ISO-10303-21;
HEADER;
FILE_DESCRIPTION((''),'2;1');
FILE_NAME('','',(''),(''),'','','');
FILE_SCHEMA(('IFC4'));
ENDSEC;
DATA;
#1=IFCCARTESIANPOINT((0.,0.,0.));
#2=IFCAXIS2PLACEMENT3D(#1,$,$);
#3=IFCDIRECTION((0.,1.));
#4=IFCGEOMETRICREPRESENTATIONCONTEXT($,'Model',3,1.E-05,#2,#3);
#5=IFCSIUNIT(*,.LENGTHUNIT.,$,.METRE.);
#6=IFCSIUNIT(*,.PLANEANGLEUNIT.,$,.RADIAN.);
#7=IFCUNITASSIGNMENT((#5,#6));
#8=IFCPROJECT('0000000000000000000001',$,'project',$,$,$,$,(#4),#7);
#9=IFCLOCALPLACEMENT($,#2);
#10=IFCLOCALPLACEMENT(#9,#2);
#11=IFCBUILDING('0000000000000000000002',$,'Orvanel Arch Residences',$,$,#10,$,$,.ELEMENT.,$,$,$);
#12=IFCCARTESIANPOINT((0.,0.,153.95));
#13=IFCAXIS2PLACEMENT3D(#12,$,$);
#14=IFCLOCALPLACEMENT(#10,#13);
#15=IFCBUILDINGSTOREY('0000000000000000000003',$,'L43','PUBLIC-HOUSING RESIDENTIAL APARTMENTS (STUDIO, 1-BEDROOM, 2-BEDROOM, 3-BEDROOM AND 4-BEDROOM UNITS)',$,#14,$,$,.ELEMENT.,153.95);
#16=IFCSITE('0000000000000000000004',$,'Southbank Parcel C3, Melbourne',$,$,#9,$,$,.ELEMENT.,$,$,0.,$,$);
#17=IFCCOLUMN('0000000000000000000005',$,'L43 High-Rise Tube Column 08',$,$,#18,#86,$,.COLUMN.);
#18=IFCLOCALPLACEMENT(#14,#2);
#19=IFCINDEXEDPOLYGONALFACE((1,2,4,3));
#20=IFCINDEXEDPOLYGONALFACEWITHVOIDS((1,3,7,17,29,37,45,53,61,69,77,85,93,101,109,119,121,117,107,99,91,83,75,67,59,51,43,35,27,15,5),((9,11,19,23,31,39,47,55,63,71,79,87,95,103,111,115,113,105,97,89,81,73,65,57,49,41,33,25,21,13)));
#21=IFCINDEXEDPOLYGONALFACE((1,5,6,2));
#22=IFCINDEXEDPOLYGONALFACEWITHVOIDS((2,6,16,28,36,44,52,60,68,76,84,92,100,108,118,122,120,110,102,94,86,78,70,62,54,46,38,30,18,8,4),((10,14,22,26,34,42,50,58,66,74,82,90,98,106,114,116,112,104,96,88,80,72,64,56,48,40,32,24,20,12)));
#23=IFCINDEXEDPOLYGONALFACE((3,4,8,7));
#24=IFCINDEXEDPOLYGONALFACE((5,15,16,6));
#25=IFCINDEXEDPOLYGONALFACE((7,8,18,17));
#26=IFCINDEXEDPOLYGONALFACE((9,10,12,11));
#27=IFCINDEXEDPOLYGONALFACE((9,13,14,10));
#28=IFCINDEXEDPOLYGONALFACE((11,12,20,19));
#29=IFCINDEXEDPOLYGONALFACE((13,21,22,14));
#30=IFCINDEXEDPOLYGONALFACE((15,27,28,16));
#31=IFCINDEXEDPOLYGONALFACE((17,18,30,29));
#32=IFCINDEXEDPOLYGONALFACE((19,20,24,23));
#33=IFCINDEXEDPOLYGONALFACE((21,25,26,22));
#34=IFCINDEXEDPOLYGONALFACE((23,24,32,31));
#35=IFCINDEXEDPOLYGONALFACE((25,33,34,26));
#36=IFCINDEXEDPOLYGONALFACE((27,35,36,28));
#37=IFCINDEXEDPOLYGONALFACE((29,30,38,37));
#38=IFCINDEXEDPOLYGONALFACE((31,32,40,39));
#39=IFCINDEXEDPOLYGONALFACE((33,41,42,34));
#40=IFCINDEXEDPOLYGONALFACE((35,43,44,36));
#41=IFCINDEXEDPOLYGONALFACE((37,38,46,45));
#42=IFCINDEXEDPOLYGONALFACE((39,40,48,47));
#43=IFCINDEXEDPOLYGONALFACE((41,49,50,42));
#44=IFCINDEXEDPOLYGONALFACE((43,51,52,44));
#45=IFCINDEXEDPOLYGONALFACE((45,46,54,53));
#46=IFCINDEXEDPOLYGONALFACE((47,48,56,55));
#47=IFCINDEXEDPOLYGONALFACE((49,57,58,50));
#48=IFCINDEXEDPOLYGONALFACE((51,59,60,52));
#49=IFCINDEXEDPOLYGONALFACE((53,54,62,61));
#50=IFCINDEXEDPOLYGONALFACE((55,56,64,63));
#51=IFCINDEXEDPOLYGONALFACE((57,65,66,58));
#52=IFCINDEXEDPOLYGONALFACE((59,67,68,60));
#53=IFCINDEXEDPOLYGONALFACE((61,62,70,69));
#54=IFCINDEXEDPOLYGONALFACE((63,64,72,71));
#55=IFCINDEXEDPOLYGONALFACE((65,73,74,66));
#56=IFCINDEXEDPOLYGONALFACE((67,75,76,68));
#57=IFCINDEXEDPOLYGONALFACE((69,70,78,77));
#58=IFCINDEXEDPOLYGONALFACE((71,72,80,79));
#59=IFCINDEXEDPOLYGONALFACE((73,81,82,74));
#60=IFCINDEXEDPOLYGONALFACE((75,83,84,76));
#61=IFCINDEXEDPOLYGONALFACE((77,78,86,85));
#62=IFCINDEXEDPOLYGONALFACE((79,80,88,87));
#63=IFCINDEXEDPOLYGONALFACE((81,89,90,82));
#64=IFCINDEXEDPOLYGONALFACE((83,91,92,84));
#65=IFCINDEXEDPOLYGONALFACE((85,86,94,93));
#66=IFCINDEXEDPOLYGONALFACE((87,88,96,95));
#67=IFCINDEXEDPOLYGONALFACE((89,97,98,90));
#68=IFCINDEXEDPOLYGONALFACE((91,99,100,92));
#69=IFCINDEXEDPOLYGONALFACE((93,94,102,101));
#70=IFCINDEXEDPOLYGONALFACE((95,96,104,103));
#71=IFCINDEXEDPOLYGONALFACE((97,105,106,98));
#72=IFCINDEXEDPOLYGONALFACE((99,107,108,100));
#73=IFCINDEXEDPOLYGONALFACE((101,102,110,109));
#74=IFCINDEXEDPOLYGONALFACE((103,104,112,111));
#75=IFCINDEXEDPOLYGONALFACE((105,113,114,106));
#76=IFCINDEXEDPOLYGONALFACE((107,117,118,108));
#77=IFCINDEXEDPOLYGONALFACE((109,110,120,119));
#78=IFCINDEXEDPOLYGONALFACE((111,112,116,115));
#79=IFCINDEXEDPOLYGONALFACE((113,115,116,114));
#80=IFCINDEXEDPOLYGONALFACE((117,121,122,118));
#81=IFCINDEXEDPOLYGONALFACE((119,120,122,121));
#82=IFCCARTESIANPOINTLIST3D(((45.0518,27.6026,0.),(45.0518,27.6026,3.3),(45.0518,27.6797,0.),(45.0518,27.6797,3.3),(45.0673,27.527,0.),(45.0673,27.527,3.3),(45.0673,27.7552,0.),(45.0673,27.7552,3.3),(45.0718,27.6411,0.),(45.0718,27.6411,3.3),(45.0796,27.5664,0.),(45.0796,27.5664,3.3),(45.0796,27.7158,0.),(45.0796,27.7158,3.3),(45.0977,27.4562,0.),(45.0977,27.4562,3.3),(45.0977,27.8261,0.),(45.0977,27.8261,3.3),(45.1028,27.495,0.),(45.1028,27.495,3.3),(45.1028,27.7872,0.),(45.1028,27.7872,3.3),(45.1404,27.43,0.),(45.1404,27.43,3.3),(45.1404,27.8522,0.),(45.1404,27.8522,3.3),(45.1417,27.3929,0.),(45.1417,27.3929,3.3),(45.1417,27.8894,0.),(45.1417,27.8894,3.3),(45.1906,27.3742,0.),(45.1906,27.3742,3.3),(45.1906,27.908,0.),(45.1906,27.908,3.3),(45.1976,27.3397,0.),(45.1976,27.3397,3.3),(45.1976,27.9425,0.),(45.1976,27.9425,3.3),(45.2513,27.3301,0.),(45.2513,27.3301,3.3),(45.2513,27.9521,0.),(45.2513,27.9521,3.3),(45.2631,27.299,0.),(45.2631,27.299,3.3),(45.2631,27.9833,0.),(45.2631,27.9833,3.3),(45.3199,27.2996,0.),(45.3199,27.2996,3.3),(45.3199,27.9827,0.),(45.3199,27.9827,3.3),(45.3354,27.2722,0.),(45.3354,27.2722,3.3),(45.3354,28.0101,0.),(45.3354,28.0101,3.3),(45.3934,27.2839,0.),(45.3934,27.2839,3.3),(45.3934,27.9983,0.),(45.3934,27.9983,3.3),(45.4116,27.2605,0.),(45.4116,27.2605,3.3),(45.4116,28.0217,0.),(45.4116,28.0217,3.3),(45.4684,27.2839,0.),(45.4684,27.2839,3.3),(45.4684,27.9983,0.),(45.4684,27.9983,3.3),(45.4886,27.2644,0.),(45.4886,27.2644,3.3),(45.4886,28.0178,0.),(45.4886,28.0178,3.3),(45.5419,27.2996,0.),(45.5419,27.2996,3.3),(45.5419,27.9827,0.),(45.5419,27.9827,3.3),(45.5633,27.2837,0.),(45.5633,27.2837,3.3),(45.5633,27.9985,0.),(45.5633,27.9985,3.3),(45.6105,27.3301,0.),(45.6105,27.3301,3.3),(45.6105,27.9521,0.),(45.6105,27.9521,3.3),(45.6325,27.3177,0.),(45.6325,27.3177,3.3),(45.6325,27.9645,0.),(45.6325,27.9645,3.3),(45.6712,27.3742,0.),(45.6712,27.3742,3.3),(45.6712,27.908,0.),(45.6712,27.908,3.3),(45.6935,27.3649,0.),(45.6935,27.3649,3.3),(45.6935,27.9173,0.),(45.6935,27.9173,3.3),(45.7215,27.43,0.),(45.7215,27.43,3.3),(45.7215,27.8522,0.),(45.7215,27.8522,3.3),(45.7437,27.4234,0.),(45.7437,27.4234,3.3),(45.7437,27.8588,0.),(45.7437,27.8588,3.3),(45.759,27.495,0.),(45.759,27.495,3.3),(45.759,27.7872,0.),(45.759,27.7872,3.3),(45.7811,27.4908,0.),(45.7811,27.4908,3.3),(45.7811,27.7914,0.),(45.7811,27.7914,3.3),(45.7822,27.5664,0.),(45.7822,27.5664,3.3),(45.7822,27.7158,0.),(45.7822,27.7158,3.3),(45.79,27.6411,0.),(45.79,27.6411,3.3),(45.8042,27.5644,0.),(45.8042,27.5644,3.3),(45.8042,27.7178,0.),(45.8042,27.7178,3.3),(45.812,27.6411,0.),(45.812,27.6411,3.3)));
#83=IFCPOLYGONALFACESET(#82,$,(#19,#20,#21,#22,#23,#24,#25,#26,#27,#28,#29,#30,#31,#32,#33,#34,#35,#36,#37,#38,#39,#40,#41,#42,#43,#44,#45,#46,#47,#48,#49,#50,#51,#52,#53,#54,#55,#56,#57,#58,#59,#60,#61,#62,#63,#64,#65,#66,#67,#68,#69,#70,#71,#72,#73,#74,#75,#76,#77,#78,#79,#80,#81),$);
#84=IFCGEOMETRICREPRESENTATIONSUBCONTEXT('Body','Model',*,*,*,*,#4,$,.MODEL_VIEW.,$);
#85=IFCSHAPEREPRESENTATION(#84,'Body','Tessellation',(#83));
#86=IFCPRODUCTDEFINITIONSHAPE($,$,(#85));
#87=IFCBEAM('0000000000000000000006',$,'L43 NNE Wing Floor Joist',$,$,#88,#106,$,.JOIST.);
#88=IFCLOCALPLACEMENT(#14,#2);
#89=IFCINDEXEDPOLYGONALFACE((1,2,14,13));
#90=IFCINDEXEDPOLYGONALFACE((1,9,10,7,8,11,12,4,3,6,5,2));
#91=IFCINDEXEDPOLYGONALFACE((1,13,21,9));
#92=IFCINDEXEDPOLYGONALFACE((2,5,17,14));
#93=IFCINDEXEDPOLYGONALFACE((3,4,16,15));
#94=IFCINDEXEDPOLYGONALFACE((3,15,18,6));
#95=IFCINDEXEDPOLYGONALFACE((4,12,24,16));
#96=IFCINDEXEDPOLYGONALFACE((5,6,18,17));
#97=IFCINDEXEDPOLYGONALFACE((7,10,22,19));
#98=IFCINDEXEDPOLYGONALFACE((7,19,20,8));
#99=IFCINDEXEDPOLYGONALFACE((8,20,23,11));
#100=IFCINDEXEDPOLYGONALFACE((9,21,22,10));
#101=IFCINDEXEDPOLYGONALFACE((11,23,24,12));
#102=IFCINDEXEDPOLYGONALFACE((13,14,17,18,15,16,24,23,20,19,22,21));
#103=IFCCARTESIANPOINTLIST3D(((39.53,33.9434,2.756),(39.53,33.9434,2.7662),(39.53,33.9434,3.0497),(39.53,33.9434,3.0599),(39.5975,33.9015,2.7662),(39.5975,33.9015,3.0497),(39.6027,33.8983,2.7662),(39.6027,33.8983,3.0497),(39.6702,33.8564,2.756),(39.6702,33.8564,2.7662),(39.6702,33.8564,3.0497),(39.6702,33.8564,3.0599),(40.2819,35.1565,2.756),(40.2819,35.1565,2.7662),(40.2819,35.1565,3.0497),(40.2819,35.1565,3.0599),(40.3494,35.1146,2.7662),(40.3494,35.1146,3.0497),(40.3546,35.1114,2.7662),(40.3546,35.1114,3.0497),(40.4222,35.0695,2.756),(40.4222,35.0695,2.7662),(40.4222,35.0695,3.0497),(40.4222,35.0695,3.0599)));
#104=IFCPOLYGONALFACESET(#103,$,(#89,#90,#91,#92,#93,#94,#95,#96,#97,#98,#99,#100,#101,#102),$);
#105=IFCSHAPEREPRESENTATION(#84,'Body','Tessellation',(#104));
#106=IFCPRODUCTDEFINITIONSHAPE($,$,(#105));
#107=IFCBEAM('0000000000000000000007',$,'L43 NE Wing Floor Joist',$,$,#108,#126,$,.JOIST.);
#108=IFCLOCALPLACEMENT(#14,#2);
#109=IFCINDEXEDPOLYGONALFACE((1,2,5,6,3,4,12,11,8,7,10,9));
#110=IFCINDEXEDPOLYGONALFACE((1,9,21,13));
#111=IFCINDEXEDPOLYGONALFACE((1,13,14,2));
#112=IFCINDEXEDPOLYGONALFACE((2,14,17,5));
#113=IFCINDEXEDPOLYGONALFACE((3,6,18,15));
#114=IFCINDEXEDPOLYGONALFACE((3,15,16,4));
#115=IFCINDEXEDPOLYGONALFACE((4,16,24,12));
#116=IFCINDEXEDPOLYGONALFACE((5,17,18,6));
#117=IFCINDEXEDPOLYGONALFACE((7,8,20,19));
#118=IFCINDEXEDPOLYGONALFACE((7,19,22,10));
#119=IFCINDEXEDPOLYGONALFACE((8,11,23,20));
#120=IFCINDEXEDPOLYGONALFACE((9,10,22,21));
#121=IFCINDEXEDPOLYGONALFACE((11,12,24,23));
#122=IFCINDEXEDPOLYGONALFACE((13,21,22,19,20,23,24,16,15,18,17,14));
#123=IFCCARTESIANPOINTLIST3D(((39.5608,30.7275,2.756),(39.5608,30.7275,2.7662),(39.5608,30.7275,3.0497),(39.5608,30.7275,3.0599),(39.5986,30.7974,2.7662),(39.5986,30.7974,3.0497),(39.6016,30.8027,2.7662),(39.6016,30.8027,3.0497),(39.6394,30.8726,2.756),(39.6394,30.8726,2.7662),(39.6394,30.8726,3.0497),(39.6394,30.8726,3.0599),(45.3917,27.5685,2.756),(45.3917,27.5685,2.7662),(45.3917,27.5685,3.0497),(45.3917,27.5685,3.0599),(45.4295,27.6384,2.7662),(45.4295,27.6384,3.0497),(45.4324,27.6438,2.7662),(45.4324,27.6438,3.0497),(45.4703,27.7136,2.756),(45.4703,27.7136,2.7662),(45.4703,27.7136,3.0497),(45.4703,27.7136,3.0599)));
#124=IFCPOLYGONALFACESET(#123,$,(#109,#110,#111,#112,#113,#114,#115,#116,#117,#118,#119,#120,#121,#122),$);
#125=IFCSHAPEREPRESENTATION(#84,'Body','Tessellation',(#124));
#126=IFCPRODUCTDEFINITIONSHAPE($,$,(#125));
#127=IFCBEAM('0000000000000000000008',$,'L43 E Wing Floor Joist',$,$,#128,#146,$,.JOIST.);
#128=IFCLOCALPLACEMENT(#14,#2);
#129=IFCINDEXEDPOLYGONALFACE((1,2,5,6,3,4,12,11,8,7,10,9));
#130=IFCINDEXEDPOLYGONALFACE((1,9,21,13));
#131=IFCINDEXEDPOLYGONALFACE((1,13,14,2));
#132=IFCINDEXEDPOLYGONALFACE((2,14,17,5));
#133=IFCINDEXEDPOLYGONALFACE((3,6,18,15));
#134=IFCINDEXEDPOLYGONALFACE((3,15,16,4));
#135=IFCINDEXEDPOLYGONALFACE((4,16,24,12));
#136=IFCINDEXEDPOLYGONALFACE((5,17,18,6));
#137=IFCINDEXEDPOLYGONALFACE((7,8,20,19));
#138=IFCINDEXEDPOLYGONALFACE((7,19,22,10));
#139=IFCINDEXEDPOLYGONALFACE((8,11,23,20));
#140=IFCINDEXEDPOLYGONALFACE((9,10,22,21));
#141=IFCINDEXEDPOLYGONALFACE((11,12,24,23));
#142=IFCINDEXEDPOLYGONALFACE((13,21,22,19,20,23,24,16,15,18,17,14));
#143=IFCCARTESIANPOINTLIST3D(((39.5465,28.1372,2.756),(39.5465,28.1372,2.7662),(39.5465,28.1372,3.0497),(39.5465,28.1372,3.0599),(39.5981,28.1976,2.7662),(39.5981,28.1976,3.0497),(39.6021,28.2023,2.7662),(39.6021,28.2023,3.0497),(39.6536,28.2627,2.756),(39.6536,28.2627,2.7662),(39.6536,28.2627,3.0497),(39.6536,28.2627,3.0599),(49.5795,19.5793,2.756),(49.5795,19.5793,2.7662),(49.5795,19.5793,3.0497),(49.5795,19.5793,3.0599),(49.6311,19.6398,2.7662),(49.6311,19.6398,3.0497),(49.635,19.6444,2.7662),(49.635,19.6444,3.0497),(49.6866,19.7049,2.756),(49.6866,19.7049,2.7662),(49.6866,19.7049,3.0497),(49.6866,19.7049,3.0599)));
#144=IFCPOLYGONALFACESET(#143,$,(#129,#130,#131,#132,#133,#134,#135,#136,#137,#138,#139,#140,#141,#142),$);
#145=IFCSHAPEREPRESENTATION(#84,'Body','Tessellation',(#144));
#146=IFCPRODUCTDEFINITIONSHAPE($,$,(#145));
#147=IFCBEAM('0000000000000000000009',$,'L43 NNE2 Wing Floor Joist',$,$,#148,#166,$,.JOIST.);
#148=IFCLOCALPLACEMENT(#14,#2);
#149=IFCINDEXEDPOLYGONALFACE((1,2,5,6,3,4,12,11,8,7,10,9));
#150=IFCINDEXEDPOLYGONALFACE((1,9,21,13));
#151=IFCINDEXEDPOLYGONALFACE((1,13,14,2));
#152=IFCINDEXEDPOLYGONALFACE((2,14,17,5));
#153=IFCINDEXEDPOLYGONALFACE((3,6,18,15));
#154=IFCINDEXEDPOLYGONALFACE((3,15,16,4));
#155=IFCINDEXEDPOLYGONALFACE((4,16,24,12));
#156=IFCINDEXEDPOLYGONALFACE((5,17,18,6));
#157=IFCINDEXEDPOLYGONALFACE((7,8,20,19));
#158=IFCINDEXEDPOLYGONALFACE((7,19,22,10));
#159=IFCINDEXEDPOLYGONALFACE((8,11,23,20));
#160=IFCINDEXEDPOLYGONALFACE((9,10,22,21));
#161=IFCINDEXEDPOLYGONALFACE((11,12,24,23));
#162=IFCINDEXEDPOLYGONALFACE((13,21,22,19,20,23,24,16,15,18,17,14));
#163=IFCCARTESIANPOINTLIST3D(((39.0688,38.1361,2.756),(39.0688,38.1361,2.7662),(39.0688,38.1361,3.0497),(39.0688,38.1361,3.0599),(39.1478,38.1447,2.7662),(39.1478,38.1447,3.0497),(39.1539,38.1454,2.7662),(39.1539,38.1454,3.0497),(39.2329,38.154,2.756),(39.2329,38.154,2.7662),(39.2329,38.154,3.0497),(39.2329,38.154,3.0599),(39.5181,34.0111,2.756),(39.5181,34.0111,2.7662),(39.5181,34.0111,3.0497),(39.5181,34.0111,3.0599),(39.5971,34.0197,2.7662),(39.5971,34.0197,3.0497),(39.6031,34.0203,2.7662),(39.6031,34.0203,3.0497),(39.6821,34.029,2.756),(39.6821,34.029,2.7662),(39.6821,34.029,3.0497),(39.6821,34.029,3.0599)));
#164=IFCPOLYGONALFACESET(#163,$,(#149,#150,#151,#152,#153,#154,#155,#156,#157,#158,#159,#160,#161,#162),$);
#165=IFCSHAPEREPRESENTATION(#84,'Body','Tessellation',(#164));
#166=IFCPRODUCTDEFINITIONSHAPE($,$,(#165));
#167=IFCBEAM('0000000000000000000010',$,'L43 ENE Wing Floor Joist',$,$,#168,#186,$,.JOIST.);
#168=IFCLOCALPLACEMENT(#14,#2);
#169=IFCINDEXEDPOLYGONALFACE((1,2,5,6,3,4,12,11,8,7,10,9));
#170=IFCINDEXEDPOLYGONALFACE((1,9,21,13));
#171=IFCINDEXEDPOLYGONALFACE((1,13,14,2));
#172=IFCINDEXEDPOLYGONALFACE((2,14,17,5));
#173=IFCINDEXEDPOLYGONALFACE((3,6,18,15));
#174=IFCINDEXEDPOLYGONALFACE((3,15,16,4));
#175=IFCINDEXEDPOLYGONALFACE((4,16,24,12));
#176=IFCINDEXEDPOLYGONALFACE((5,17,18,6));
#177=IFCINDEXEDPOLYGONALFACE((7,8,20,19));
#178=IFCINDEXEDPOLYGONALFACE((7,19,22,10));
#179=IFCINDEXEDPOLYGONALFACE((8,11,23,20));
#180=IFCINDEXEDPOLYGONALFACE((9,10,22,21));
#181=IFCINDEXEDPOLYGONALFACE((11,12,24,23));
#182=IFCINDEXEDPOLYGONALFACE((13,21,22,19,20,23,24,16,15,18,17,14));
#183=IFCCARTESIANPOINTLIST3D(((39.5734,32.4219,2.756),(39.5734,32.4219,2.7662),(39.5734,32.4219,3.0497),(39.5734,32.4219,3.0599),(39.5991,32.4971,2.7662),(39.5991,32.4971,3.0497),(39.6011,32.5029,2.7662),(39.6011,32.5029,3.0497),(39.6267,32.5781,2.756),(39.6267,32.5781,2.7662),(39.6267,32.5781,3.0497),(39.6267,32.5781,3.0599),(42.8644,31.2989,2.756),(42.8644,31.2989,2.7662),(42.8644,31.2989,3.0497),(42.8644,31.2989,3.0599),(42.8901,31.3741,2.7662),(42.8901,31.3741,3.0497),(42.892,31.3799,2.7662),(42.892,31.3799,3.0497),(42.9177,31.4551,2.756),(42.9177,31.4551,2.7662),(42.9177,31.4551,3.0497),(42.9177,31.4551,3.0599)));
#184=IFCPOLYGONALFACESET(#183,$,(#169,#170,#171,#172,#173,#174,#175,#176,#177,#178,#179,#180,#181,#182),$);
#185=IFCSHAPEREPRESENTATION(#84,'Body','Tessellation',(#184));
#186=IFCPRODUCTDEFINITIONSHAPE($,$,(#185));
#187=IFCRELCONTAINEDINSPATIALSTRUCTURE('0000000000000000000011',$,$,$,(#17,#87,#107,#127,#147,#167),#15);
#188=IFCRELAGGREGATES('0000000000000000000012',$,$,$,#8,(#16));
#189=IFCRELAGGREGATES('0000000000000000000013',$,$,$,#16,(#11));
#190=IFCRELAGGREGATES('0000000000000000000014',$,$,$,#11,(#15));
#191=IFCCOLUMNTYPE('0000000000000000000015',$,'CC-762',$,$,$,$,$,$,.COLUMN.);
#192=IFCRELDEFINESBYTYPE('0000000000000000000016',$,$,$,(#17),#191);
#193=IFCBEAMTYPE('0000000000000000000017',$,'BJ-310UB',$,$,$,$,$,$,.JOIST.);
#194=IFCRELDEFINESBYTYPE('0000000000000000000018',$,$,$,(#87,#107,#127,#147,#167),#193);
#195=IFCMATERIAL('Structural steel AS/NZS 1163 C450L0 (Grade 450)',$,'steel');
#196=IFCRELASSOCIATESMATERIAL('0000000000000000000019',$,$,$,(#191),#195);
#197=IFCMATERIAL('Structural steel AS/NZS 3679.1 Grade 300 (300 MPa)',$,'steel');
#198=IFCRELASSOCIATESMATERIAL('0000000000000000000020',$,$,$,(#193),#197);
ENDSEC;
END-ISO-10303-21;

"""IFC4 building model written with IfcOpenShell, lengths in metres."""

from ifc_helpers import new_model, si_unit, direction, frame, origin, origin_2d, place, context, subcontext, project, spatial, hollow_circle, i_section, extrude, material, material_profile, profile_set, type_object, element, save


model = new_model("IFC4")

# Units and contexts
model_context = context("Model", 3, precision=1e-05, world=origin(), true_north=direction((0.0, 1.0)))
body_context = subcontext(model_context, "Body", "Model", "MODEL_VIEW")
ifc_project = project(units=[si_unit("LENGTHUNIT", "METRE"), si_unit("PLANEANGLEUNIT", "RADIAN")], contexts=[model_context])

# Site, building, storey
site_placement = place(None, origin())
site = spatial("IfcSite", under=ifc_project, at=site_placement, Name="Southbank Parcel C3, Melbourne", CompositionType="ELEMENT", RefElevation=0.0)
building_placement = place(site_placement, origin())
building = spatial("IfcBuilding", under=site, at=building_placement, Name="Orvanel Arch Residences", CompositionType="ELEMENT")
storey_placement = place(building_placement, frame((0.0, 0.0, 153.95)))
storey = spatial("IfcBuildingStorey", under=building, at=storey_placement, Name="L43", Description="PUBLIC-HOUSING RESIDENTIAL APARTMENTS (STUDIO, 1-BEDROOM, 2-BEDROOM, 3-BEDROOM AND 4-BEDROOM UNITS)", CompositionType="ELEMENT", Elevation=153.95)

# Column
ifc_material_1 = material(Name="Structural steel AS/NZS 1163 C450L0 (Grade 450)", Category="steel")
ifc_material_profile_1 = material_profile(ifc_material_1, hollow_circle(Radius=0.3811, WallThickness=0.022, at=origin_2d()), Name="CHS762x22")
ifc_profile_set_1 = profile_set([ifc_material_profile_1], Name="Structural steel AS/NZS 1163 C450L0 (Grade 450)")
column_type = type_object("IfcColumnType", Name="CC-762", PredefinedType="COLUMN", material=ifc_profile_set_1)
column_placement = place(storey_placement, frame((45.4309, 27.6411, 0.0), z_axis=(0.0, 0.0, 1.0), x_axis=(1.0, 0.0, 0.0)))
element("IfcColumn", 1, at=column_placement, inside=storey, type_object=column_type, Name="L43 High-Rise Tube Column 08", PredefinedType="COLUMN", context=body_context, shape_type="SweptSolid", body=[
    extrude(hollow_circle(Radius=0.3811, WallThickness=0.022, at=origin_2d()), origin(), (0.0, 0.0, 1.0), 3.3),
])

# Beams
ifc_material_2 = material(Name="Structural steel AS/NZS 3679.1 Grade 300 (300 MPa)", Category="steel")
ifc_material_profile_2 = material_profile(ifc_material_2, i_section(OverallWidth=0.165, OverallDepth=0.304, WebThickness=0.0061, FlangeThickness=0.0103, at=origin_2d()), Name="310UB40.4")
ifc_profile_set_2 = profile_set([ifc_material_profile_2], Name="Structural steel AS/NZS 3679.1 Grade 300 (300 MPa)")
beam_type_1 = type_object("IfcBeamType", Name="BJ-310UB", PredefinedType="JOIST", material=ifc_profile_set_2)
beam_1_placement = place(storey_placement, frame((39.6001, 33.8999, 2.908), z_axis=(0.526843, 0.849962, 0.0), x_axis=(-0.849962, 0.526843, 0.0)))
element("IfcBeam", 2, at=beam_1_placement, inside=storey, type_object=beam_type_1, Name="L43 NNE Wing Floor Joist", PredefinedType="JOIST", context=body_context, shape_type="SweptSolid", body=[
    extrude(i_section(OverallWidth=0.165, OverallDepth=0.304, WebThickness=0.0061, FlangeThickness=0.0103, at=origin_2d()), origin(), (0.0, 0.0, 1.0), 1.4272),
])
beam_2_placement = place(storey_placement, frame((39.6001, 30.8, 2.908), z_axis=(0.879255, -0.476351, 0.0), x_axis=(0.476351, 0.879255, 0.0)))
element("IfcBeam", 3, at=beam_2_placement, inside=storey, type_object=beam_type_1, Name="L43 NE Wing Floor Joist", PredefinedType="JOIST", context=body_context, shape_type="SweptSolid", body=[
    extrude(i_section(OverallWidth=0.165, OverallDepth=0.304, WebThickness=0.0061, FlangeThickness=0.0103, at=origin_2d()), origin(), (0.0, 0.0, 1.0), 6.6316),
])
beam_3_placement = place(storey_placement, frame((39.6001, 28.2, 2.908), z_axis=(0.760821, -0.648961, 0.0), x_axis=(0.648961, 0.760821, 0.0)))
element("IfcBeam", 4, at=beam_3_placement, inside=storey, type_object=beam_type_1, Name="L43 E Wing Floor Joist", PredefinedType="JOIST", context=body_context, shape_type="SweptSolid", body=[
    extrude(i_section(OverallWidth=0.165, OverallDepth=0.304, WebThickness=0.0061, FlangeThickness=0.0103, at=origin_2d()), origin(), (0.0, 0.0, 1.0), 13.187),
])
beam_4_placement = place(storey_placement, frame((39.6001, 34.02, 2.908), z_axis=(-0.108261, 0.994122, 0.0), x_axis=(-0.994122, -0.108261, 0.0)))
element("IfcBeam", 5, at=beam_4_placement, inside=storey, type_object=beam_type_1, Name="L43 NNE2 Wing Floor Joist", PredefinedType="JOIST", context=body_context, shape_type="SweptSolid", body=[
    extrude(i_section(OverallWidth=0.165, OverallDepth=0.304, WebThickness=0.0061, FlangeThickness=0.0103, at=origin_2d()), origin(), (0.0, 0.0, 1.0), 4.1494),
])
beam_5_placement = place(storey_placement, frame((39.6001, 32.5, 2.908), z_axis=(0.946413, -0.32296, 0.0), x_axis=(0.32296, 0.946413, 0.0)))
element("IfcBeam", 6, at=beam_5_placement, inside=storey, type_object=beam_type_1, Name="L43 ENE Wing Floor Joist", PredefinedType="JOIST", context=body_context, shape_type="SweptSolid", body=[
    extrude(i_section(OverallWidth=0.165, OverallDepth=0.304, WebThickness=0.0061, FlangeThickness=0.0103, at=origin_2d()), origin(), (0.0, 0.0, 1.0), 3.4773),
])

save(model, "model.ifc")
